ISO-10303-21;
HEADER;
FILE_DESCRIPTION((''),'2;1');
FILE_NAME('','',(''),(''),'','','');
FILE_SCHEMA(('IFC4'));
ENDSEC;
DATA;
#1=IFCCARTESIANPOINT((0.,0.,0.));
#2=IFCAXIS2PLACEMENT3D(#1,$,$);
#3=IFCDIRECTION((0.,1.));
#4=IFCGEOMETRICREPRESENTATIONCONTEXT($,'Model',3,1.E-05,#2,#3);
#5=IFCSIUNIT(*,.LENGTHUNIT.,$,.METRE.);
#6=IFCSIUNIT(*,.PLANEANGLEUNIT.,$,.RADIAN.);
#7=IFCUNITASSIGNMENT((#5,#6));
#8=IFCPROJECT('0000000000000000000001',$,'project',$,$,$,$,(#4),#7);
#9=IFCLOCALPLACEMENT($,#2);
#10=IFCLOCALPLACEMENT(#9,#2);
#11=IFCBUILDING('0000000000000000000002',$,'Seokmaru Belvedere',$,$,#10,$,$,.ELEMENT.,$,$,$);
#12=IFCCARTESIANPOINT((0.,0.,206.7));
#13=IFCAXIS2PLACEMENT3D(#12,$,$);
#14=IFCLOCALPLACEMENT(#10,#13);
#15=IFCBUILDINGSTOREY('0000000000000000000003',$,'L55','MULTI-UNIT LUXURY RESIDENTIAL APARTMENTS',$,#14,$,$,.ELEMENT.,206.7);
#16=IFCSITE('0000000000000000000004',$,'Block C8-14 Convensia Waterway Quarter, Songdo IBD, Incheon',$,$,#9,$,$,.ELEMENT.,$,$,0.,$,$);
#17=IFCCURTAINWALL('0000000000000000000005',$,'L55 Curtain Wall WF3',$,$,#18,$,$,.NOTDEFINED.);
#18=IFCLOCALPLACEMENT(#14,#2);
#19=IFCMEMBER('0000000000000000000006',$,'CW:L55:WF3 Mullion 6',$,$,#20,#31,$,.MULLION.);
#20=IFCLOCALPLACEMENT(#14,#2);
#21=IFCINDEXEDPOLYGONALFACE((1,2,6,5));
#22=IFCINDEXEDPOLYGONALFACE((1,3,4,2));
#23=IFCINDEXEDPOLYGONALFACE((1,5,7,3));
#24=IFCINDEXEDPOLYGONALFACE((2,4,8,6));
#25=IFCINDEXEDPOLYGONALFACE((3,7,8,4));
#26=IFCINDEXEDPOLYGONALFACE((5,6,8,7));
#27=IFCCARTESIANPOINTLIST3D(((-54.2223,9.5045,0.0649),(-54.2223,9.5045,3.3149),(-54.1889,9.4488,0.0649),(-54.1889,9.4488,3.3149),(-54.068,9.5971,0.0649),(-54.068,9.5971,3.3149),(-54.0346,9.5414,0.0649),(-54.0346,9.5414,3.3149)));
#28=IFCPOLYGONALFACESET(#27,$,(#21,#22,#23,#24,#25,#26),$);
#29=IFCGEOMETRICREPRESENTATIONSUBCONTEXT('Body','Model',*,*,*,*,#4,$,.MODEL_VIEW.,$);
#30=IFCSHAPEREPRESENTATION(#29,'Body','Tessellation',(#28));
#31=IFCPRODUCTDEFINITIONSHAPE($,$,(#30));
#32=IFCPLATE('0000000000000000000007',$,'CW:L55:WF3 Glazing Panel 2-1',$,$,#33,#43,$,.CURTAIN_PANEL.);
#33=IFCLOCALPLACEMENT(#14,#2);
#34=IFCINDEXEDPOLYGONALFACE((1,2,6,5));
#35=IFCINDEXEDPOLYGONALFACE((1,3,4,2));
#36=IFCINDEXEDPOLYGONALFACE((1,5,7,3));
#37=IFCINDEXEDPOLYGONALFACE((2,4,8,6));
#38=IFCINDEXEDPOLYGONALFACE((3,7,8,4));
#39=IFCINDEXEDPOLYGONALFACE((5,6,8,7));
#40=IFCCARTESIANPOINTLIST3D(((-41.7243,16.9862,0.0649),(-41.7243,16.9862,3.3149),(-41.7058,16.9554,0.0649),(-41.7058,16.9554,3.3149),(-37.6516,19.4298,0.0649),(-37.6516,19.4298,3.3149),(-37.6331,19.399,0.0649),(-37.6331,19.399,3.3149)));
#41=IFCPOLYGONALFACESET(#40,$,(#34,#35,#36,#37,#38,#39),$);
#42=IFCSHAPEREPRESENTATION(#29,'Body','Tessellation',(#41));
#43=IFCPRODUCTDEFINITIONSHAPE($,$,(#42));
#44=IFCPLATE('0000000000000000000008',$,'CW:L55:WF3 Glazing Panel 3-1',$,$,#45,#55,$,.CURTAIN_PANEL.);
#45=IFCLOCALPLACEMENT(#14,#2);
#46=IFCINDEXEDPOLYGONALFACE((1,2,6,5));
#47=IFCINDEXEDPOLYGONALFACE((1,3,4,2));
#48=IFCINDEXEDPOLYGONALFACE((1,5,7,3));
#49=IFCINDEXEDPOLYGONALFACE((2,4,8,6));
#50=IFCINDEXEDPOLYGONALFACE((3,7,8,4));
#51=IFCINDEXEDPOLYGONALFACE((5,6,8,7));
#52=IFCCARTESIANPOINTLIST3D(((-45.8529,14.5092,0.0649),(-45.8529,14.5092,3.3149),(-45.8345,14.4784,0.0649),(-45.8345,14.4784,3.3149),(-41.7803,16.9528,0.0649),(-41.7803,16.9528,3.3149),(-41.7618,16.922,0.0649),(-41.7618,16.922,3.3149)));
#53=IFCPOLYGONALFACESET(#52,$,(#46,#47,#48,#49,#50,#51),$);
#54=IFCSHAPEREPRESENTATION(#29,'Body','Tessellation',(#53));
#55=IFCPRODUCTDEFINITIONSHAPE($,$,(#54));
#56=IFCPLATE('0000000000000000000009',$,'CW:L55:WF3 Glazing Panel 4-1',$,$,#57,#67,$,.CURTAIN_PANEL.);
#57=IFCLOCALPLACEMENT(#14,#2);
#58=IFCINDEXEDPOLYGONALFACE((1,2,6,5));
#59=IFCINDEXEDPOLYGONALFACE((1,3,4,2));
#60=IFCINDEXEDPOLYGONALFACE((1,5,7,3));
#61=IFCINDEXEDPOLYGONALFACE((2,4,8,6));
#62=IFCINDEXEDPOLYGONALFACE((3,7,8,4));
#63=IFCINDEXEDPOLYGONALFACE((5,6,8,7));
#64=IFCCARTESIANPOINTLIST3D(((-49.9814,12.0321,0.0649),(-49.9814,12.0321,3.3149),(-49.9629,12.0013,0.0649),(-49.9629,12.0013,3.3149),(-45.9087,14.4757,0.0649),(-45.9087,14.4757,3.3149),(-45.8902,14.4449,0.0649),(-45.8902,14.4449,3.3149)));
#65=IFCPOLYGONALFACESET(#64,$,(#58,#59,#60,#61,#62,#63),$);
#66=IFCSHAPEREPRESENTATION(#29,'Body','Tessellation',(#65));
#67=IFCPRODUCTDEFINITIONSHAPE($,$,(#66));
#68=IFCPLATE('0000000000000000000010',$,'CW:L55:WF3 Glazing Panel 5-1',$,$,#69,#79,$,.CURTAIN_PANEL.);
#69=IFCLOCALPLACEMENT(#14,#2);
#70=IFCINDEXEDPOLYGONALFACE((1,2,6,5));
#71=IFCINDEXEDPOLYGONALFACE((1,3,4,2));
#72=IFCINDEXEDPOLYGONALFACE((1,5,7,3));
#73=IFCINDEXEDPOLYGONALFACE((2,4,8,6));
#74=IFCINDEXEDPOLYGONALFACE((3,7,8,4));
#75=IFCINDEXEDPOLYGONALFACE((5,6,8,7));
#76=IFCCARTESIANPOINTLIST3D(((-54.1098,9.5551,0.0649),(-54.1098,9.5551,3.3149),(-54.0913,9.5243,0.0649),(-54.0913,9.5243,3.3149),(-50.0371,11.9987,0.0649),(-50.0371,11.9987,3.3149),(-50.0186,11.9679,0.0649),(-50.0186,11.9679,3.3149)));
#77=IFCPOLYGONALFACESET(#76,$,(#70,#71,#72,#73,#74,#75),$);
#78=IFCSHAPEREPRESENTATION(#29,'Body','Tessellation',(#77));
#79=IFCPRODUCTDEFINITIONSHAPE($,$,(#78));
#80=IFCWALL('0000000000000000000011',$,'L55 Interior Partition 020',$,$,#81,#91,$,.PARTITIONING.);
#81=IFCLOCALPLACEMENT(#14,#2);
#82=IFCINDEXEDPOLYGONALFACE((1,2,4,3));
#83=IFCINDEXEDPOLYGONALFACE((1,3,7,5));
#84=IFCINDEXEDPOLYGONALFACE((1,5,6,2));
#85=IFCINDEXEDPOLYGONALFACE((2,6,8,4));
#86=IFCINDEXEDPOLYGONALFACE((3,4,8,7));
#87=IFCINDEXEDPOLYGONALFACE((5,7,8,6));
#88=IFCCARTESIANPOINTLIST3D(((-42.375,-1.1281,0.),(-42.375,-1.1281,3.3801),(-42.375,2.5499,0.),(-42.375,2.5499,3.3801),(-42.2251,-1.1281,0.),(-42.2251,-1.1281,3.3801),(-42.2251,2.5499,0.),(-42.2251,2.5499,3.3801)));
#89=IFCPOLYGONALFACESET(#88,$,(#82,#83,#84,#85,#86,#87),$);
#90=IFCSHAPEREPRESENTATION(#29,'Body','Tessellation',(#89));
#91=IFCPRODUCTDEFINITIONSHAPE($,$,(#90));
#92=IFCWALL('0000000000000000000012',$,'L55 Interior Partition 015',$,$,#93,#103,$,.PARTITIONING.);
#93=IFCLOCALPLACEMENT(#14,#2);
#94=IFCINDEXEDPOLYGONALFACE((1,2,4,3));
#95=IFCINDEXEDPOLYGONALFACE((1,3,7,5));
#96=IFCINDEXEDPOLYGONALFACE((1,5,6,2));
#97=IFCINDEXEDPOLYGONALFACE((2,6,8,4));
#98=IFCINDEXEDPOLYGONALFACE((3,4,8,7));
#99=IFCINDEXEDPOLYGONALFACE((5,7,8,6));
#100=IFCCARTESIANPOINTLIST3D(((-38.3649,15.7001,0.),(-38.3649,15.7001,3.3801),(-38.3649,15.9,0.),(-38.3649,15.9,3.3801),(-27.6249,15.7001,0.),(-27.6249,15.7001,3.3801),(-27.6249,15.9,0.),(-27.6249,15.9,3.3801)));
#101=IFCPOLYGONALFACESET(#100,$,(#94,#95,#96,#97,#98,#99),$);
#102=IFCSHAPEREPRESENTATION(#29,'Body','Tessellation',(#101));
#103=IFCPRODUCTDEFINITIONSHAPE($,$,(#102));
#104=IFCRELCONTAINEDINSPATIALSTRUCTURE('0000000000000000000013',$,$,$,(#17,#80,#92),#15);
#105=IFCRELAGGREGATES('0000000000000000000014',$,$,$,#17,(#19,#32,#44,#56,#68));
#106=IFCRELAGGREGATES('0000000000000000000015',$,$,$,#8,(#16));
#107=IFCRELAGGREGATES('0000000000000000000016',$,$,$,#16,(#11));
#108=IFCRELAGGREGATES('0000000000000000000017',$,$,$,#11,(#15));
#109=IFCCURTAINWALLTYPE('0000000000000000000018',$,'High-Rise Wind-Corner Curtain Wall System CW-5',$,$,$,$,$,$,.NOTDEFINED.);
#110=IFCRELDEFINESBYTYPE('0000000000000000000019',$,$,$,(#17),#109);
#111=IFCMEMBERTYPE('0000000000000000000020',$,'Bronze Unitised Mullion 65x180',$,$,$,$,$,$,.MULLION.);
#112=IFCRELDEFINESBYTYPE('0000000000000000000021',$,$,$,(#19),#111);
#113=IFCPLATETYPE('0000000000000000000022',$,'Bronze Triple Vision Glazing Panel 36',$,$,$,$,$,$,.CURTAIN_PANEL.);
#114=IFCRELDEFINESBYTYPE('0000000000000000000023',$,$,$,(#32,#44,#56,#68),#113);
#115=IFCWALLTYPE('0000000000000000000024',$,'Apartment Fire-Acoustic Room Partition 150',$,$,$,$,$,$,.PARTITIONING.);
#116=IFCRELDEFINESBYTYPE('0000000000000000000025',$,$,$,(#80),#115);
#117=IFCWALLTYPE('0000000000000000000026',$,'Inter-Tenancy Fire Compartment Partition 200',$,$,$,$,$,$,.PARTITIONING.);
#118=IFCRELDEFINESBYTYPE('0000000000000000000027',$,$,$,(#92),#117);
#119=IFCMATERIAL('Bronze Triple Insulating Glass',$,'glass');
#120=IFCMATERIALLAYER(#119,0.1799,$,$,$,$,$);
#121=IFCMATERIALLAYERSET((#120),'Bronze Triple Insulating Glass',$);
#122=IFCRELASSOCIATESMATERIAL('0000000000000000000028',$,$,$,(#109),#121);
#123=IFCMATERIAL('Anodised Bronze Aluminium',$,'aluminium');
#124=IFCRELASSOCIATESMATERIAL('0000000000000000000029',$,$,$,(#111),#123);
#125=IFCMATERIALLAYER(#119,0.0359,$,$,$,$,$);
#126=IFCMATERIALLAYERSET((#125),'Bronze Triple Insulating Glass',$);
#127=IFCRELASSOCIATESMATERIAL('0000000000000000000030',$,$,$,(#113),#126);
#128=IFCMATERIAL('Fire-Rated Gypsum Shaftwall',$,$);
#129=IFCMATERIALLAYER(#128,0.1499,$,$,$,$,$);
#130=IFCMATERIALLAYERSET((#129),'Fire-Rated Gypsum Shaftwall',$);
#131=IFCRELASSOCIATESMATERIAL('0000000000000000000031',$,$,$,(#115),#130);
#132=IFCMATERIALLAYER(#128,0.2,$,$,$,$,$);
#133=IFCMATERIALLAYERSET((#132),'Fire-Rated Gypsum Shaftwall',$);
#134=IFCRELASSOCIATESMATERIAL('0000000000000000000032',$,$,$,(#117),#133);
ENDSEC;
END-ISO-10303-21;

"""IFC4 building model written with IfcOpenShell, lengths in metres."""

from ifc_helpers import new_model, si_unit, direction, frame, frame_2d, origin, origin_2d, place, context, subcontext, project, spatial, rectangle, extrude, source, transform, mapped, material, layer, layer_set, material_profile, profile_set, type_object, type_shapes, element, aggregate, save


model = new_model("IFC4")

# Units and contexts
model_context = context("Model", 3, precision=1e-05, world=origin(), true_north=direction((0.0, 1.0)))
body_context = subcontext(model_context, "Body", "Model", "MODEL_VIEW")
ifc_project = project(units=[si_unit("LENGTHUNIT", "METRE"), si_unit("PLANEANGLEUNIT", "RADIAN")], contexts=[model_context])

# Site, building, storey
site_placement = place(None, origin())
site = spatial("IfcSite", under=ifc_project, at=site_placement, Name="Block C8-14 Convensia Waterway Quarter, Songdo IBD, Incheon", CompositionType="ELEMENT", RefElevation=0.0)
building_placement = place(site_placement, origin())
building = spatial("IfcBuilding", under=site, at=building_placement, Name="Seokmaru Belvedere", CompositionType="ELEMENT")
storey_placement = place(building_placement, frame((0.0, 0.0, 206.7)))
storey = spatial("IfcBuildingStorey", under=building, at=storey_placement, Name="L55", Description="MULTI-UNIT LUXURY RESIDENTIAL APARTMENTS", CompositionType="ELEMENT", Elevation=206.7)

# Curtain wall, member, plates
ifc_material_1 = material(Name="Bronze Triple Insulating Glass", Category="glass")
ifc_layer_1 = layer(ifc_material_1, 0.1799)
ifc_layer_set_1 = layer_set([ifc_layer_1], Name="Bronze Triple Insulating Glass")
curtain_wall_type = type_object("IfcCurtainWallType", Name="High-Rise Wind-Corner Curtain Wall System CW-5", PredefinedType="NOTDEFINED", material=ifc_layer_set_1)
curtain_wall_placement = place(storey_placement, origin())
curtain_wall = element("IfcCurtainWall", 1, at=curtain_wall_placement, inside=storey, type_object=curtain_wall_type, Name="L55 Curtain Wall WF3", PredefinedType="NOTDEFINED")
ifc_material_2 = material(Name="Anodised Bronze Aluminium", Category="aluminium")
ifc_material_profile_1 = material_profile(ifc_material_2, rectangle(XDim=0.0649, YDim=0.1799, at=origin_2d()), Name="CW-M-65x180")
ifc_profile_set_1 = profile_set([ifc_material_profile_1], Name="Anodised Bronze Aluminium")
member_type = type_object("IfcMemberType", Name="Bronze Unitised Mullion 65x180", PredefinedType="MULLION", material=ifc_profile_set_1)
shared_shape_1 = source(origin(), body_context, "Body", "SweptSolid", [
    extrude(rectangle(XDim=0.0649, YDim=0.1799, at=origin_2d()), origin(), (0.0, 0.0, 1.0), 3.25),
])
type_shapes(member_type, [shared_shape_1])
member_1_placement = place(storey_placement, frame((-54.1284, 9.5229, 0.0649), z_axis=(0.0, 0.0, 1.0), x_axis=(0.514495, -0.857493, 0.0)))
member_1 = element("IfcMember", 2, at=member_1_placement, type_object=member_type, Name="CW:L55:WF3 Mullion 6", PredefinedType="MULLION", context=body_context, shape_type="MappedRepresentation", body=[
    mapped(shared_shape_1, transform((0.0, 0.0, 0.0), scale=1.0)),
])
ifc_layer_2 = layer(ifc_material_1, 0.0359)
ifc_layer_set_2 = layer_set([ifc_layer_2], Name="Bronze Triple Insulating Glass")
plate_type = type_object("IfcPlateType", Name="Bronze Triple Vision Glazing Panel 36", PredefinedType="CURTAIN_PANEL", material=ifc_layer_set_2)
shared_shape_2 = source(origin(), body_context, "Body", "SweptSolid", [
    extrude(rectangle(XDim=4.7495, YDim=0.0359, at=origin_2d()), origin(), (0.0, 0.0, 1.0), 3.25),
])
type_shapes(plate_type, [shared_shape_2])
plate_1_placement = place(storey_placement, frame((-39.6787, 18.1926, 0.0649), z_axis=(0.0, 0.0, 1.0), x_axis=(-0.857493, -0.514495, 0.0)))
plate_1 = element("IfcPlate", 3, at=plate_1_placement, type_object=plate_type, Name="CW:L55:WF3 Glazing Panel 2-1", PredefinedType="CURTAIN_PANEL", context=body_context, shape_type="MappedRepresentation", body=[
    mapped(shared_shape_2, transform((0.0, 0.0, 0.0), scale=1.0)),
])
plate_2_placement = place(storey_placement, frame((-43.8074, 15.7156, 0.0649), z_axis=(0.0, 0.0, 1.0), x_axis=(-0.857493, -0.514495, 0.0)))
plate_2 = element("IfcPlate", 4, at=plate_2_placement, type_object=plate_type, Name="CW:L55:WF3 Glazing Panel 3-1", PredefinedType="CURTAIN_PANEL", context=body_context, shape_type="MappedRepresentation", body=[
    mapped(shared_shape_2, transform((0.0, 0.0, 0.0), scale=1.0)),
])
plate_3_placement = place(storey_placement, frame((-47.9358, 13.2385, 0.0649), z_axis=(0.0, 0.0, 1.0), x_axis=(-0.857493, -0.514495, 0.0)))
plate_3 = element("IfcPlate", 5, at=plate_3_placement, type_object=plate_type, Name="CW:L55:WF3 Glazing Panel 4-1", PredefinedType="CURTAIN_PANEL", context=body_context, shape_type="MappedRepresentation", body=[
    mapped(shared_shape_2, transform((0.0, 0.0, 0.0), scale=1.0)),
])
plate_4_placement = place(storey_placement, frame((-52.0642, 10.7615, 0.0649), z_axis=(0.0, 0.0, 1.0), x_axis=(-0.857493, -0.514495, 0.0)))
plate_4 = element("IfcPlate", 6, at=plate_4_placement, type_object=plate_type, Name="CW:L55:WF3 Glazing Panel 5-1", PredefinedType="CURTAIN_PANEL", context=body_context, shape_type="MappedRepresentation", body=[
    mapped(shared_shape_2, transform((0.0, 0.0, 0.0), scale=1.0)),
])
aggregate(curtain_wall, [member_1, plate_1, plate_2, plate_3, plate_4])

# Shared definitions
ifc_material_3 = material(Name="Fire-Rated Gypsum Shaftwall")
ifc_layer_3 = layer(ifc_material_3, 0.1499)
ifc_layer_set_3 = layer_set([ifc_layer_3], Name="Fire-Rated Gypsum Shaftwall")
wall_type_1 = type_object("IfcWallType", Name="Apartment Fire-Acoustic Room Partition 150", PredefinedType="PARTITIONING", material=ifc_layer_set_3)

# Walls
wall_1_placement = place(storey_placement, frame((-42.3, -1.1279, 0.0), z_axis=(0.0, 0.0, 1.0), x_axis=(0.0, 1.0, 0.0)))
element("IfcWall", 7, at=wall_1_placement, inside=storey, type_object=wall_type_1, Name="L55 Interior Partition 020", PredefinedType="PARTITIONING", context=body_context, shape_type="SweptSolid", body=[
    extrude(rectangle(XDim=3.678, YDim=0.1499, at=frame_2d((1.8389, 0.0))), origin(), (0.0, 0.0, 1.0), 3.3801),
])
ifc_layer_4 = layer(ifc_material_3, 0.2)
ifc_layer_set_4 = layer_set([ifc_layer_4], Name="Fire-Rated Gypsum Shaftwall")
wall_type_2 = type_object("IfcWallType", Name="Inter-Tenancy Fire Compartment Partition 200", PredefinedType="PARTITIONING", material=ifc_layer_set_4)
wall_2_placement = place(storey_placement, frame((-38.365, 15.8, 0.0), z_axis=(0.0, 0.0, 1.0), x_axis=(1.0, 0.0, 0.0)))
element("IfcWall", 8, at=wall_2_placement, inside=storey, type_object=wall_type_2, Name="L55 Interior Partition 015", PredefinedType="PARTITIONING", context=body_context, shape_type="SweptSolid", body=[
    extrude(rectangle(XDim=10.74, YDim=0.2, at=frame_2d((5.3701, 0.0))), origin(), (0.0, 0.0, 1.0), 3.3801),
])

save(model, "model.ifc")
